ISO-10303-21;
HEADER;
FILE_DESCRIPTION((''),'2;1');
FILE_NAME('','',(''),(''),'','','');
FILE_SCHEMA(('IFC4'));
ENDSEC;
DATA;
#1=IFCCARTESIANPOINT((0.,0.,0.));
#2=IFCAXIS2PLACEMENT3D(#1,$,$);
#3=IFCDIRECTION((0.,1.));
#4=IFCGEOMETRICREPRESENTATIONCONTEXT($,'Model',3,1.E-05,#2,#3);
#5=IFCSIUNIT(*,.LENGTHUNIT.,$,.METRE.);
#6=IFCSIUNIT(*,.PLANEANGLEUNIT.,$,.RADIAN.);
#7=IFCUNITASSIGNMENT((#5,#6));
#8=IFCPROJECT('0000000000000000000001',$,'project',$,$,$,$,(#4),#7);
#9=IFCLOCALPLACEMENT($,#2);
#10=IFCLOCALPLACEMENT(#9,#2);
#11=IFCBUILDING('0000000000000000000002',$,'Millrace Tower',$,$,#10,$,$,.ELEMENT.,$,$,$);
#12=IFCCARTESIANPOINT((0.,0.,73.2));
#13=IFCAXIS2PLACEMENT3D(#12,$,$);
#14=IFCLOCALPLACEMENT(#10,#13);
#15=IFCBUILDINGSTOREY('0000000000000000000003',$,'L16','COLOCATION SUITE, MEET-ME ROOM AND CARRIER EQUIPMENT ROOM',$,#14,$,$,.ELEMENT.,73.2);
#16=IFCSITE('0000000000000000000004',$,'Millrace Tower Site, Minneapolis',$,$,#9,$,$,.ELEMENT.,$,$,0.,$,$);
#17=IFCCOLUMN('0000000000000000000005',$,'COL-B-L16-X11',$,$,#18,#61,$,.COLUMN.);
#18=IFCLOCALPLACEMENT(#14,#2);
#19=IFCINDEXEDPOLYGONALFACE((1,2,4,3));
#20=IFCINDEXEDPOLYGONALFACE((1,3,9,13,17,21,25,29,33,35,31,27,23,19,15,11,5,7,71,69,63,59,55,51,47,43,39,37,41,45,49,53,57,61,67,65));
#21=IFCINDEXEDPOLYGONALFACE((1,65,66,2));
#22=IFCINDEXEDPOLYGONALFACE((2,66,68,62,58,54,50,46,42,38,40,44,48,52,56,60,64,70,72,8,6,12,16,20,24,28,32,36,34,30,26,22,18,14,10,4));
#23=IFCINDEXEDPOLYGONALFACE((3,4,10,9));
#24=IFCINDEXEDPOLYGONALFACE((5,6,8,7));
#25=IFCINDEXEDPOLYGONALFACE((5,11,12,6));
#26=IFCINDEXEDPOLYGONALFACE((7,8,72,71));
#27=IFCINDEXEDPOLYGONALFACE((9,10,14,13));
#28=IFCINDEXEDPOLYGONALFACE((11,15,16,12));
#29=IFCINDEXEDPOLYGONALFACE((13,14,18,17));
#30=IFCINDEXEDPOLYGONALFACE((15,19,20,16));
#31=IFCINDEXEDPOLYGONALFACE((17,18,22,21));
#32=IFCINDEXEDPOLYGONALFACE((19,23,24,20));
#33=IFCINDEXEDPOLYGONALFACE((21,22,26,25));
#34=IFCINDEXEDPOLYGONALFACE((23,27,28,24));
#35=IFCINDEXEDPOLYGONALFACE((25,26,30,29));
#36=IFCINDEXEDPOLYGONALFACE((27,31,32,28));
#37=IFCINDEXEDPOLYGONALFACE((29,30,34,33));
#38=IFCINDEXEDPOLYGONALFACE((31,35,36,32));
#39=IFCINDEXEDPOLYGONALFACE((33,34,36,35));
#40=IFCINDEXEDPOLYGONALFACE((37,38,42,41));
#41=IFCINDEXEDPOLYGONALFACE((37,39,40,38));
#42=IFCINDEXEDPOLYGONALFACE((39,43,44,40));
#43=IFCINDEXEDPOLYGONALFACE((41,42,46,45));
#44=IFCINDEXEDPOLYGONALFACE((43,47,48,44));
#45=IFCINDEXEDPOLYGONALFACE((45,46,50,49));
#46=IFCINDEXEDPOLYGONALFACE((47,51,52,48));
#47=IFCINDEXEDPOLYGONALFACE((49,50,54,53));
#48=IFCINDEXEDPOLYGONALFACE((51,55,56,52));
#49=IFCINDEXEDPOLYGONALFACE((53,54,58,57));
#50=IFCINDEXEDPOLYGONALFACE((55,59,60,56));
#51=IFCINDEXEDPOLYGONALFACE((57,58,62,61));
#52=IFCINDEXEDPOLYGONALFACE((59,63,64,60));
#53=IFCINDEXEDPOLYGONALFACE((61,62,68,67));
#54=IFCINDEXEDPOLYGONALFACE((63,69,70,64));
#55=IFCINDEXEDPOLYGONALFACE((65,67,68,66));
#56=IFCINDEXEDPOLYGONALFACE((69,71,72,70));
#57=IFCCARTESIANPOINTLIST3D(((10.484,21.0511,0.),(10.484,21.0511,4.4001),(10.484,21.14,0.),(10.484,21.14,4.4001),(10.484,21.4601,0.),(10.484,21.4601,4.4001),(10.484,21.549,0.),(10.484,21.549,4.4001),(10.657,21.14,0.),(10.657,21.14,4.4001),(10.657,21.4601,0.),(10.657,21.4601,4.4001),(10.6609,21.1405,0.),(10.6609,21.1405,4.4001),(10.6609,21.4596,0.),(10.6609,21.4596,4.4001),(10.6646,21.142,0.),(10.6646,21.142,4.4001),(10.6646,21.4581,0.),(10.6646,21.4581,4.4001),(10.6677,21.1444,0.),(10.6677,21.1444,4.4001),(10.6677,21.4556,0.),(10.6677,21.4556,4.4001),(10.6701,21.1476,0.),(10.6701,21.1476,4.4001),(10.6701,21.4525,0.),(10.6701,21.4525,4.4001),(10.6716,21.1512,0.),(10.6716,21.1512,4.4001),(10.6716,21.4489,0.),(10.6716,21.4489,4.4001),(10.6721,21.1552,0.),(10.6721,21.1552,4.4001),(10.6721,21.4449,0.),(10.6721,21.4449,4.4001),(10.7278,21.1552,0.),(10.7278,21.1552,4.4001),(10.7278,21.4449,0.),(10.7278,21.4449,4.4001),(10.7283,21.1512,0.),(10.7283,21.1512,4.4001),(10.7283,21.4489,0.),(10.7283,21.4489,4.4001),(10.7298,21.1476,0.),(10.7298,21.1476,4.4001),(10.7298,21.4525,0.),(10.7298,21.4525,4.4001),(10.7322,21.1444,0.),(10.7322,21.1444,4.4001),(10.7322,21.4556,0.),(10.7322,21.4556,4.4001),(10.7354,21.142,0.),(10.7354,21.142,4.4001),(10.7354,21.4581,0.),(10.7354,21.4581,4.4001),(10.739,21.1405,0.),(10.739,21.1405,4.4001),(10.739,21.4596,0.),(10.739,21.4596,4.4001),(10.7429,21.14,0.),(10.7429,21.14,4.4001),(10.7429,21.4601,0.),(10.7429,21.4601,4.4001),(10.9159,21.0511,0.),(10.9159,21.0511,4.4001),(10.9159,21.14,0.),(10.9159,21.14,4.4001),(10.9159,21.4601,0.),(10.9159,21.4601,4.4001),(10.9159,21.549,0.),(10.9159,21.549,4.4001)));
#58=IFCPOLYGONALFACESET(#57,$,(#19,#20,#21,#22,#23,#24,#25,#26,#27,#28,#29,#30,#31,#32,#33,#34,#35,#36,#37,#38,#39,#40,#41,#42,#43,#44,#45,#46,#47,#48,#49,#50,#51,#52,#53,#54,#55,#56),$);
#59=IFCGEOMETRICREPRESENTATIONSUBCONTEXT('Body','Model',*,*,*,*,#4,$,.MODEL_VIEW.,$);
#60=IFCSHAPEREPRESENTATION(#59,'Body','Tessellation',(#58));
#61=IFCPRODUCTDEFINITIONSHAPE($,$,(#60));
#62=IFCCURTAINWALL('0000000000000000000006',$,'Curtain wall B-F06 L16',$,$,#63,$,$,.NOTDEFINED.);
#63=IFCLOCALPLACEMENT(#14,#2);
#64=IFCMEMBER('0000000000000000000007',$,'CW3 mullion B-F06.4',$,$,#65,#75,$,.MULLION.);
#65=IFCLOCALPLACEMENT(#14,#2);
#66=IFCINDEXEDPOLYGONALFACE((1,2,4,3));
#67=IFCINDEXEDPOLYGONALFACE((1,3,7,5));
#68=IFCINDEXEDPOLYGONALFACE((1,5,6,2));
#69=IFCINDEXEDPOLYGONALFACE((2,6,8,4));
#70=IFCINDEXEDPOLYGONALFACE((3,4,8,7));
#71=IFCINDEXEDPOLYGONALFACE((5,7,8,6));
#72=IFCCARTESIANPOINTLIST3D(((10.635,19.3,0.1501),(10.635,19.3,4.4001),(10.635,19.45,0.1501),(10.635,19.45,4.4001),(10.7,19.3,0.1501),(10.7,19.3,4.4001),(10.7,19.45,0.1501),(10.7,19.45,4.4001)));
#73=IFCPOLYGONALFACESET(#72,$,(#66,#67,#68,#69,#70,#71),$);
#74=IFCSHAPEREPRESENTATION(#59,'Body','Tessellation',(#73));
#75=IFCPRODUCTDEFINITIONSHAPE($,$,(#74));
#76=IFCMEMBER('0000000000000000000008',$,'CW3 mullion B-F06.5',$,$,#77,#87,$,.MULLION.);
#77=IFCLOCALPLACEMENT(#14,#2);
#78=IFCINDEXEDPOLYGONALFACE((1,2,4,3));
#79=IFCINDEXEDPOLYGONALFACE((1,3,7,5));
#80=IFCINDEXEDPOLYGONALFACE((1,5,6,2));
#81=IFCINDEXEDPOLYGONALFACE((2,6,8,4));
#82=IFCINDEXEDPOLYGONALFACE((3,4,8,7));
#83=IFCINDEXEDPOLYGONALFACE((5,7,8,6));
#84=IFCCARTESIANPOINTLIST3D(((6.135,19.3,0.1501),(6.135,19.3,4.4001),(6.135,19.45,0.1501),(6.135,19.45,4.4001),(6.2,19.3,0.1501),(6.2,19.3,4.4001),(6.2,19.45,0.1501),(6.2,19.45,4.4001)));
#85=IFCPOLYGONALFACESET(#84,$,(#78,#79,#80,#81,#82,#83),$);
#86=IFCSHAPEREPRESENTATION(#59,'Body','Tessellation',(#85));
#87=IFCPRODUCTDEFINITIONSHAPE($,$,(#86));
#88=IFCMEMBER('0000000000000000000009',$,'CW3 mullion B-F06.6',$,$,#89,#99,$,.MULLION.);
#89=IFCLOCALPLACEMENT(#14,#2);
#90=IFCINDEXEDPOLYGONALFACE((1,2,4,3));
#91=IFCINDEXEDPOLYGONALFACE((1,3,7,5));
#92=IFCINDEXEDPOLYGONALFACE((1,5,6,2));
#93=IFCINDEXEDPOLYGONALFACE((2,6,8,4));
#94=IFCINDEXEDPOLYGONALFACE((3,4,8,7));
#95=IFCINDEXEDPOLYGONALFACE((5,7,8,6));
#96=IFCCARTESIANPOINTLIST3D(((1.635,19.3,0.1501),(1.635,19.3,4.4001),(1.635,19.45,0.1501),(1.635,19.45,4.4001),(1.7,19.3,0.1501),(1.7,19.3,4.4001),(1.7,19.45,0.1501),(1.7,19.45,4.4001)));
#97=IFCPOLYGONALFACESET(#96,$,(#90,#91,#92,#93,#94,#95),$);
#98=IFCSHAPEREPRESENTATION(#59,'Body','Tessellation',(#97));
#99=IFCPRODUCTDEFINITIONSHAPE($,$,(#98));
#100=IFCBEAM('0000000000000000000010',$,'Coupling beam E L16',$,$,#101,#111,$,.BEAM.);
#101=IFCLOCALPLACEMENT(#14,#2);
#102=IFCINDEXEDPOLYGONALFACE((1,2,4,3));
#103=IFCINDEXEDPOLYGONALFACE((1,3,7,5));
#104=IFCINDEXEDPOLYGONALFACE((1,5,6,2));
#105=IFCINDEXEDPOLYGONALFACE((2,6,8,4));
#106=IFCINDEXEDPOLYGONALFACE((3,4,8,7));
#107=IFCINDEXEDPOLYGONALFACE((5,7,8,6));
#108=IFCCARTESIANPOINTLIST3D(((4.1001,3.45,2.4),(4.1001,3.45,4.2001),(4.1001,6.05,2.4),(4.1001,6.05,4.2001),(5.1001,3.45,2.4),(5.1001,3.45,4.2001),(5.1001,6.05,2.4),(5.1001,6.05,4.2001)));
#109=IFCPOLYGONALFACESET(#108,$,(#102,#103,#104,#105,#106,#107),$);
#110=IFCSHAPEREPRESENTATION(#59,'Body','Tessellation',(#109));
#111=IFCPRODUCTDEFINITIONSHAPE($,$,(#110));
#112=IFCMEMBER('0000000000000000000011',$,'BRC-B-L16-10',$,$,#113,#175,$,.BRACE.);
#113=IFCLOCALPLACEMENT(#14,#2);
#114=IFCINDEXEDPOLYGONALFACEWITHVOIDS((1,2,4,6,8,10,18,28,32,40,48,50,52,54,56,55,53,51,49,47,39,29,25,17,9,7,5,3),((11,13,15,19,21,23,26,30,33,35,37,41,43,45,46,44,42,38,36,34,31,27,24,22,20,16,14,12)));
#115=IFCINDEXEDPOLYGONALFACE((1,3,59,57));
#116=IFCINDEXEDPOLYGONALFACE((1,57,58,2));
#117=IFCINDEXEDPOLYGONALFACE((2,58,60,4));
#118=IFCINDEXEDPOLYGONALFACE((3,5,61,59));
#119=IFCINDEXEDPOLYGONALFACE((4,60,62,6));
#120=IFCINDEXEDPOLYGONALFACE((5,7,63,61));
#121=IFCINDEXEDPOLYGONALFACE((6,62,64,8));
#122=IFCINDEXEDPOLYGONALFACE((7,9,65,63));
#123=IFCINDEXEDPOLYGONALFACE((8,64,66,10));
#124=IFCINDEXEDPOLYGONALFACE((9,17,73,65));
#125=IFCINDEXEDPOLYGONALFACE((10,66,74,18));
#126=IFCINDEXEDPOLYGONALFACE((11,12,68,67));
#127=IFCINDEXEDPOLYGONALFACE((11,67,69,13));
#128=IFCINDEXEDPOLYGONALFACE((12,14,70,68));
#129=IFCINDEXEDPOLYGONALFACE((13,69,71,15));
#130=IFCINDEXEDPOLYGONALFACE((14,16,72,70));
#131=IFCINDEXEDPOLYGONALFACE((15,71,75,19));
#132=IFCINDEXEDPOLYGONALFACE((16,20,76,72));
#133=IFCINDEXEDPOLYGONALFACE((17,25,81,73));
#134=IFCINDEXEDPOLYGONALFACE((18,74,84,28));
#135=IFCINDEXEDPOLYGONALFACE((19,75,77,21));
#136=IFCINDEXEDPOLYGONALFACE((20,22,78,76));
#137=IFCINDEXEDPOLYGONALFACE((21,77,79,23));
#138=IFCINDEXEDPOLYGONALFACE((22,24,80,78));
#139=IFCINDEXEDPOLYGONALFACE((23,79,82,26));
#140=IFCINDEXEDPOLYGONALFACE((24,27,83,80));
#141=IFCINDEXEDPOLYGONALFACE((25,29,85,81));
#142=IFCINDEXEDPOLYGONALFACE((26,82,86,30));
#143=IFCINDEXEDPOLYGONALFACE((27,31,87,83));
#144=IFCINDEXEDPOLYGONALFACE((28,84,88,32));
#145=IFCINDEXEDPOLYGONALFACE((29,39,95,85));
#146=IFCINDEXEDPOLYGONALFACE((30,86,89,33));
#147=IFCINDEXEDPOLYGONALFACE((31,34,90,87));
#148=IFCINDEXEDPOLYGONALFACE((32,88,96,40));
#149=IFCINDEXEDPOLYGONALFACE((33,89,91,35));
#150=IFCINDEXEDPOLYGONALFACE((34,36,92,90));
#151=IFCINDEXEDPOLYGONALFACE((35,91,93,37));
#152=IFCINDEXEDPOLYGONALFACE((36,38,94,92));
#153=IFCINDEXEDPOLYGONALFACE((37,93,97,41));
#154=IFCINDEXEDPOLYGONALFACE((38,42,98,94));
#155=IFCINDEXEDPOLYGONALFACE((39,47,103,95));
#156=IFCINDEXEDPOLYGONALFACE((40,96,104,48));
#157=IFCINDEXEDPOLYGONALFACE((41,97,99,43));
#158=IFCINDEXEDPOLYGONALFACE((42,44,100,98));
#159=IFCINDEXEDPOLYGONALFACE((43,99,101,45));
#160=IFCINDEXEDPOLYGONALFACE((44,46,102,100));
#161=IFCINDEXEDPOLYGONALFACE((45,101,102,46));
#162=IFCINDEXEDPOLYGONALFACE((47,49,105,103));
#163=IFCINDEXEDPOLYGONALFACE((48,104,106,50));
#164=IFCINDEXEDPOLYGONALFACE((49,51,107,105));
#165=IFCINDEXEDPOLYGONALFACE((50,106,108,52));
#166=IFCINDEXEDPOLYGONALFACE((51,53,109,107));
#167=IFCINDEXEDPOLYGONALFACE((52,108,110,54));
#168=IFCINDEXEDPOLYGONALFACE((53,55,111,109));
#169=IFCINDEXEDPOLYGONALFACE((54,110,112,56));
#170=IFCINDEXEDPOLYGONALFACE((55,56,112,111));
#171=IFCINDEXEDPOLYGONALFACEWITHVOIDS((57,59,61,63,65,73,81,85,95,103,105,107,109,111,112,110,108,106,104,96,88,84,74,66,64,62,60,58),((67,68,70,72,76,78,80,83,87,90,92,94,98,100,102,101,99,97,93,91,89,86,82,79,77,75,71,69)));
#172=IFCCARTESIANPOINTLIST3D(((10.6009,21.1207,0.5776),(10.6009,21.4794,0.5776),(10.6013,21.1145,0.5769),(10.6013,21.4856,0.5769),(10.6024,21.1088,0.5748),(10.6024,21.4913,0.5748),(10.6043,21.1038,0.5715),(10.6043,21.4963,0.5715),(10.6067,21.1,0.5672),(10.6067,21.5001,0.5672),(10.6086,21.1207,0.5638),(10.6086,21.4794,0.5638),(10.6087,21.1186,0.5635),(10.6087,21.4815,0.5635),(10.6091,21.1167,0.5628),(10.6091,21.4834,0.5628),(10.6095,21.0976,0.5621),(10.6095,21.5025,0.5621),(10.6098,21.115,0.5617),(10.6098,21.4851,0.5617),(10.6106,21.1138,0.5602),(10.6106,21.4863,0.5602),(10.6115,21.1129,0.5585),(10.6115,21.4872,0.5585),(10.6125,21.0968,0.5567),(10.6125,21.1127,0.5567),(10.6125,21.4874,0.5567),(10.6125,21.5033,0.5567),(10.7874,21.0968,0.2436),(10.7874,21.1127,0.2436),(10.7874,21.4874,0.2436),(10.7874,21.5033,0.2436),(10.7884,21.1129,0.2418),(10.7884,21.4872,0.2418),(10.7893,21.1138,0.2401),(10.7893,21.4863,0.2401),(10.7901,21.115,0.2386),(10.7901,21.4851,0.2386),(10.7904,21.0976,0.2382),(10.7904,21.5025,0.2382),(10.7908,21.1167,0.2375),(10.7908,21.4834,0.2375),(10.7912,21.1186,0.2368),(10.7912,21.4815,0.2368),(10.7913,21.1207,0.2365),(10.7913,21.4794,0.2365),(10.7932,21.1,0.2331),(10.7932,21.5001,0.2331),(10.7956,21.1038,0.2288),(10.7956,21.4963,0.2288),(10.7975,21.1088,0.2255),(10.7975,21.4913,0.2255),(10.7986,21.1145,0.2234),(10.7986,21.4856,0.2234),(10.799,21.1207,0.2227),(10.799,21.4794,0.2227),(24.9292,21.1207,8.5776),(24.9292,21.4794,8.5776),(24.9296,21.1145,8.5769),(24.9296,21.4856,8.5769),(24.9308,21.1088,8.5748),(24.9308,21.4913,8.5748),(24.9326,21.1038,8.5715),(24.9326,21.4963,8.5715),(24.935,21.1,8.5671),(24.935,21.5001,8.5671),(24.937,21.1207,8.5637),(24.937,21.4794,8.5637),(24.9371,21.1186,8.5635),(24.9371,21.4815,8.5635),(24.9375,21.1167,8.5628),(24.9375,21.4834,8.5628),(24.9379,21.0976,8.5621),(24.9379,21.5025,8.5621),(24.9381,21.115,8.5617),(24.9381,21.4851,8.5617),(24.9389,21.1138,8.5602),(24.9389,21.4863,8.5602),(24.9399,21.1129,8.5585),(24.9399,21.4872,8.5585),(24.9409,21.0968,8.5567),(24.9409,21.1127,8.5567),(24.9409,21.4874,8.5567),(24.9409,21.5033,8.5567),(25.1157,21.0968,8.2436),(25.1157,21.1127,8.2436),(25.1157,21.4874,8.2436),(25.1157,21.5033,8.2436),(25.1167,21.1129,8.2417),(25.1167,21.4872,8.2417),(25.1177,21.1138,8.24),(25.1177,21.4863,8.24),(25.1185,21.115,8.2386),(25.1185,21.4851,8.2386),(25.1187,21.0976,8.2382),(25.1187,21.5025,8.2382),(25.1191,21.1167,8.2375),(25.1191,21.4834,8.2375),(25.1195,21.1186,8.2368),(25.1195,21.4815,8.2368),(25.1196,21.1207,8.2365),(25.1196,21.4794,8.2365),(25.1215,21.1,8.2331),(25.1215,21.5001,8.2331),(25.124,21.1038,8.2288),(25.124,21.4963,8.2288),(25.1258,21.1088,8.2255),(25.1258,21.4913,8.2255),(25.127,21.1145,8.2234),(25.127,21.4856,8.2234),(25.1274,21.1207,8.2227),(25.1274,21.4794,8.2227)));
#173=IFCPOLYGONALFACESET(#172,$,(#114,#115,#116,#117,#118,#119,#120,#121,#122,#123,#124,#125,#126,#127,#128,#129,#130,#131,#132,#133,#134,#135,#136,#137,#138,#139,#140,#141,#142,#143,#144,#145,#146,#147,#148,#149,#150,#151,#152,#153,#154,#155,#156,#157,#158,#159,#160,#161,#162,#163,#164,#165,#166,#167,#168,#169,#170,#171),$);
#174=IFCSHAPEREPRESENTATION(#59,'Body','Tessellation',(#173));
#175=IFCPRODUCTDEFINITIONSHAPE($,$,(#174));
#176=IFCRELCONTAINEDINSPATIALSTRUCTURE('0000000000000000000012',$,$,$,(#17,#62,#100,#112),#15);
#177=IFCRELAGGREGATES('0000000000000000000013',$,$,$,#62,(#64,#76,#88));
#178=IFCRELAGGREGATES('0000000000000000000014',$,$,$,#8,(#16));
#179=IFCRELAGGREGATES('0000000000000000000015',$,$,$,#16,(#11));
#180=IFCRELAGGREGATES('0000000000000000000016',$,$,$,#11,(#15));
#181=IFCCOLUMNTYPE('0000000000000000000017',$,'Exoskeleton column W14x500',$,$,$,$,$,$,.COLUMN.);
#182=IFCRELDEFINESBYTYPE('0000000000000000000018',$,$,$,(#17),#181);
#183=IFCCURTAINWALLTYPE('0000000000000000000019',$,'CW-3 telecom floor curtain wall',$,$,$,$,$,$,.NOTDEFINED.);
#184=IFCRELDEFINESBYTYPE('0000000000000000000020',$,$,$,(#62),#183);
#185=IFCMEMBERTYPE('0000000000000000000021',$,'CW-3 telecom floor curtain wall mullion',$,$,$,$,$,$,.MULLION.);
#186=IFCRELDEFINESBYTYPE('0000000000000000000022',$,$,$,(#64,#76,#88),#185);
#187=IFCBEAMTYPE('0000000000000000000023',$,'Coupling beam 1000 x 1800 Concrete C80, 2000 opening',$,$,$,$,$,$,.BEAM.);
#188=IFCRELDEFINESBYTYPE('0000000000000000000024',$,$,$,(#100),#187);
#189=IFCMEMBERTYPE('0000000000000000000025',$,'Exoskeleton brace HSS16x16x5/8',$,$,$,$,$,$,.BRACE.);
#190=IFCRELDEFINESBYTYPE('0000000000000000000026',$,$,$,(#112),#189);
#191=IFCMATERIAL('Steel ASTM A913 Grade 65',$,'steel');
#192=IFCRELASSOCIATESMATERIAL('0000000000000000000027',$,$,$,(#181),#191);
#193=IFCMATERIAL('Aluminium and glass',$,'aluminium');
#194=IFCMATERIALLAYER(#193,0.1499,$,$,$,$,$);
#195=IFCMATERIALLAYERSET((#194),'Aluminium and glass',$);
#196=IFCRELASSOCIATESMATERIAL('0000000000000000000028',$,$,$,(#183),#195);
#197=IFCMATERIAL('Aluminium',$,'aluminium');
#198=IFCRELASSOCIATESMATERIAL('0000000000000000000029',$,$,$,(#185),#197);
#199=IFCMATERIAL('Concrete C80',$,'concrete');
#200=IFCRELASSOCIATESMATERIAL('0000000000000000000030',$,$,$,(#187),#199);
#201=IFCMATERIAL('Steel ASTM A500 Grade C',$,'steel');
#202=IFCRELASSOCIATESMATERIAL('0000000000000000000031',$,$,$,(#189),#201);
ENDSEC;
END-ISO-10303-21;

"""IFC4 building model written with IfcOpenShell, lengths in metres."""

from ifc_helpers import new_model, si_unit, direction, frame, origin, origin_2d, place, context, subcontext, project, spatial, rectangle, hollow_rectangle, i_section, extrude, material, layer, layer_set, material_profile, profile_set, type_object, element, aggregate, save


model = new_model("IFC4")

# Units and contexts
model_context = context("Model", 3, precision=1e-05, world=origin(), true_north=direction((0.0, 1.0)))
body_context = subcontext(model_context, "Body", "Model", "MODEL_VIEW")
ifc_project = project(units=[si_unit("LENGTHUNIT", "METRE"), si_unit("PLANEANGLEUNIT", "RADIAN")], contexts=[model_context])

# Site, building, storey
site_placement = place(None, origin())
site = spatial("IfcSite", under=ifc_project, at=site_placement, Name="Millrace Tower Site, Minneapolis", CompositionType="ELEMENT", RefElevation=0.0)
building_placement = place(site_placement, origin())
building = spatial("IfcBuilding", under=site, at=building_placement, Name="Millrace Tower", CompositionType="ELEMENT")
storey_placement = place(building_placement, frame((0.0, 0.0, 73.2)))
storey = spatial("IfcBuildingStorey", under=building, at=storey_placement, Name="L16", Description="COLOCATION SUITE, MEET-ME ROOM AND CARRIER EQUIPMENT ROOM", CompositionType="ELEMENT", Elevation=73.2)

# Column
ifc_material_1 = material(Name="Steel ASTM A913 Grade 65", Category="steel")
ifc_material_profile_1 = material_profile(ifc_material_1, i_section(OverallWidth=0.4319, OverallDepth=0.4978, WebThickness=0.0557, FlangeThickness=0.0889, FilletRadius=0.0151, at=origin_2d()))
ifc_profile_set_1 = profile_set([ifc_material_profile_1], Name="Steel ASTM A913 Grade 65")
column_type = type_object("IfcColumnType", Name="Exoskeleton column W14x500", PredefinedType="COLUMN", material=ifc_profile_set_1)
column_placement = place(storey_placement, frame((10.7, 21.3, 0.0), z_axis=(0.0, 0.0, 1.0), x_axis=(-1.0, 0.0, 0.0)))
element("IfcColumn", 1, at=column_placement, inside=storey, type_object=column_type, Name="COL-B-L16-X11", PredefinedType="COLUMN", context=body_context, shape_type="SweptSolid", body=[
    extrude(i_section(OverallWidth=0.4319, OverallDepth=0.4978, WebThickness=0.0557, FlangeThickness=0.0889, FilletRadius=0.0151, at=origin_2d()), origin(), (0.0, 0.0, 1.0), 4.4001),
])

# Curtain wall, members
ifc_material_2 = material(Name="Aluminium and glass", Category="aluminium")
ifc_layer_1 = layer(ifc_material_2, 0.1499)
ifc_layer_set_1 = layer_set([ifc_layer_1], Name="Aluminium and glass")
curtain_wall_type = type_object("IfcCurtainWallType", Name="CW-3 telecom floor curtain wall", PredefinedType="NOTDEFINED", material=ifc_layer_set_1)
curtain_wall_placement = place(storey_placement, origin())
curtain_wall = element("IfcCurtainWall", 2, at=curtain_wall_placement, inside=storey, type_object=curtain_wall_type, Name="Curtain wall B-F06 L16", PredefinedType="NOTDEFINED")
ifc_material_3 = material(Name="Aluminium", Category="aluminium")
ifc_material_profile_2 = material_profile(ifc_material_3, rectangle(XDim=0.0649, YDim=0.1499, at=origin_2d()))
ifc_profile_set_2 = profile_set([ifc_material_profile_2], Name="Aluminium")
member_type_1 = type_object("IfcMemberType", Name="CW-3 telecom floor curtain wall mullion", PredefinedType="MULLION", material=ifc_profile_set_2)
member_1_placement = place(storey_placement, frame((10.6675, 19.375, 0.1501), z_axis=(0.0, 0.0, 1.0), x_axis=(-1.0, 0.0, 0.0)))
member_1 = element("IfcMember", 3, at=member_1_placement, type_object=member_type_1, Name="CW3 mullion B-F06.4", PredefinedType="MULLION", context=body_context, shape_type="SweptSolid", body=[
    extrude(rectangle(XDim=0.0649, YDim=0.1499, at=origin_2d()), origin(), (0.0, 0.0, 1.0), 4.25),
])
member_2_placement = place(storey_placement, frame((6.1675, 19.375, 0.1501), z_axis=(0.0, 0.0, 1.0), x_axis=(-1.0, 0.0, 0.0)))
member_2 = element("IfcMember", 4, at=member_2_placement, type_object=member_type_1, Name="CW3 mullion B-F06.5", PredefinedType="MULLION", context=body_context, shape_type="SweptSolid", body=[
    extrude(rectangle(XDim=0.0649, YDim=0.1499, at=origin_2d()), origin(), (0.0, 0.0, 1.0), 4.25),
])
member_3_placement = place(storey_placement, frame((1.6675, 19.375, 0.1501), z_axis=(0.0, 0.0, 1.0), x_axis=(-1.0, 0.0, 0.0)))
member_3 = element("IfcMember", 5, at=member_3_placement, type_object=member_type_1, Name="CW3 mullion B-F06.6", PredefinedType="MULLION", context=body_context, shape_type="SweptSolid", body=[
    extrude(rectangle(XDim=0.0649, YDim=0.1499, at=origin_2d()), origin(), (0.0, 0.0, 1.0), 4.25),
])
aggregate(curtain_wall, [member_1, member_2, member_3])

# Beam
ifc_material_4 = material(Name="Concrete C80", Category="concrete")
ifc_material_profile_3 = material_profile(ifc_material_4, rectangle(XDim=1.0, YDim=1.8, at=origin_2d()))
ifc_profile_set_3 = profile_set([ifc_material_profile_3], Name="Concrete C80")
beam_type_1 = type_object("IfcBeamType", Name="Coupling beam 1000 x 1800 Concrete C80, 2000 opening", PredefinedType="BEAM", material=ifc_profile_set_3)
beam_1_placement = place(storey_placement, frame((4.6001, 6.05, 3.3), z_axis=(0.0, -1.0, 0.0), x_axis=(1.0, 0.0, 0.0)))
element("IfcBeam", 6, at=beam_1_placement, inside=storey, type_object=beam_type_1, Name="Coupling beam E L16", PredefinedType="BEAM", context=body_context, shape_type="SweptSolid", body=[
    extrude(rectangle(XDim=1.0, YDim=1.8, at=origin_2d()), origin(), (0.0, 0.0, 1.0), 2.6001),
])

# Member
ifc_material_5 = material(Name="Steel ASTM A500 Grade C", Category="steel")
ifc_material_profile_4 = material_profile(ifc_material_5, hollow_rectangle(XDim=0.4065, YDim=0.4065, WallThickness=0.0159, InnerFilletRadius=0.0081, OuterFilletRadius=0.0239, at=origin_2d()))
ifc_profile_set_4 = profile_set([ifc_material_profile_4], Name="Steel ASTM A500 Grade C")
member_type_2 = type_object("IfcMemberType", Name="Exoskeleton brace HSS16x16x5/8", PredefinedType="BRACE", material=ifc_profile_set_4)
member_4_placement = place(storey_placement, frame((10.7, 21.3, 0.4001), z_axis=(0.873126, 0.0, 0.487495), x_axis=(0.0, 1.0, 0.0)))
element("IfcMember", 7, at=member_4_placement, inside=storey, type_object=member_type_2, Name="BRC-B-L16-10", PredefinedType="BRACE", context=body_context, shape_type="SweptSolid", body=[
    extrude(hollow_rectangle(XDim=0.4065, YDim=0.4065, WallThickness=0.0159, InnerFilletRadius=0.0081, OuterFilletRadius=0.0239, at=origin_2d()), origin(), (0.0, 0.0, 1.0), 16.4104),
])

save(model, "model.ifc")
